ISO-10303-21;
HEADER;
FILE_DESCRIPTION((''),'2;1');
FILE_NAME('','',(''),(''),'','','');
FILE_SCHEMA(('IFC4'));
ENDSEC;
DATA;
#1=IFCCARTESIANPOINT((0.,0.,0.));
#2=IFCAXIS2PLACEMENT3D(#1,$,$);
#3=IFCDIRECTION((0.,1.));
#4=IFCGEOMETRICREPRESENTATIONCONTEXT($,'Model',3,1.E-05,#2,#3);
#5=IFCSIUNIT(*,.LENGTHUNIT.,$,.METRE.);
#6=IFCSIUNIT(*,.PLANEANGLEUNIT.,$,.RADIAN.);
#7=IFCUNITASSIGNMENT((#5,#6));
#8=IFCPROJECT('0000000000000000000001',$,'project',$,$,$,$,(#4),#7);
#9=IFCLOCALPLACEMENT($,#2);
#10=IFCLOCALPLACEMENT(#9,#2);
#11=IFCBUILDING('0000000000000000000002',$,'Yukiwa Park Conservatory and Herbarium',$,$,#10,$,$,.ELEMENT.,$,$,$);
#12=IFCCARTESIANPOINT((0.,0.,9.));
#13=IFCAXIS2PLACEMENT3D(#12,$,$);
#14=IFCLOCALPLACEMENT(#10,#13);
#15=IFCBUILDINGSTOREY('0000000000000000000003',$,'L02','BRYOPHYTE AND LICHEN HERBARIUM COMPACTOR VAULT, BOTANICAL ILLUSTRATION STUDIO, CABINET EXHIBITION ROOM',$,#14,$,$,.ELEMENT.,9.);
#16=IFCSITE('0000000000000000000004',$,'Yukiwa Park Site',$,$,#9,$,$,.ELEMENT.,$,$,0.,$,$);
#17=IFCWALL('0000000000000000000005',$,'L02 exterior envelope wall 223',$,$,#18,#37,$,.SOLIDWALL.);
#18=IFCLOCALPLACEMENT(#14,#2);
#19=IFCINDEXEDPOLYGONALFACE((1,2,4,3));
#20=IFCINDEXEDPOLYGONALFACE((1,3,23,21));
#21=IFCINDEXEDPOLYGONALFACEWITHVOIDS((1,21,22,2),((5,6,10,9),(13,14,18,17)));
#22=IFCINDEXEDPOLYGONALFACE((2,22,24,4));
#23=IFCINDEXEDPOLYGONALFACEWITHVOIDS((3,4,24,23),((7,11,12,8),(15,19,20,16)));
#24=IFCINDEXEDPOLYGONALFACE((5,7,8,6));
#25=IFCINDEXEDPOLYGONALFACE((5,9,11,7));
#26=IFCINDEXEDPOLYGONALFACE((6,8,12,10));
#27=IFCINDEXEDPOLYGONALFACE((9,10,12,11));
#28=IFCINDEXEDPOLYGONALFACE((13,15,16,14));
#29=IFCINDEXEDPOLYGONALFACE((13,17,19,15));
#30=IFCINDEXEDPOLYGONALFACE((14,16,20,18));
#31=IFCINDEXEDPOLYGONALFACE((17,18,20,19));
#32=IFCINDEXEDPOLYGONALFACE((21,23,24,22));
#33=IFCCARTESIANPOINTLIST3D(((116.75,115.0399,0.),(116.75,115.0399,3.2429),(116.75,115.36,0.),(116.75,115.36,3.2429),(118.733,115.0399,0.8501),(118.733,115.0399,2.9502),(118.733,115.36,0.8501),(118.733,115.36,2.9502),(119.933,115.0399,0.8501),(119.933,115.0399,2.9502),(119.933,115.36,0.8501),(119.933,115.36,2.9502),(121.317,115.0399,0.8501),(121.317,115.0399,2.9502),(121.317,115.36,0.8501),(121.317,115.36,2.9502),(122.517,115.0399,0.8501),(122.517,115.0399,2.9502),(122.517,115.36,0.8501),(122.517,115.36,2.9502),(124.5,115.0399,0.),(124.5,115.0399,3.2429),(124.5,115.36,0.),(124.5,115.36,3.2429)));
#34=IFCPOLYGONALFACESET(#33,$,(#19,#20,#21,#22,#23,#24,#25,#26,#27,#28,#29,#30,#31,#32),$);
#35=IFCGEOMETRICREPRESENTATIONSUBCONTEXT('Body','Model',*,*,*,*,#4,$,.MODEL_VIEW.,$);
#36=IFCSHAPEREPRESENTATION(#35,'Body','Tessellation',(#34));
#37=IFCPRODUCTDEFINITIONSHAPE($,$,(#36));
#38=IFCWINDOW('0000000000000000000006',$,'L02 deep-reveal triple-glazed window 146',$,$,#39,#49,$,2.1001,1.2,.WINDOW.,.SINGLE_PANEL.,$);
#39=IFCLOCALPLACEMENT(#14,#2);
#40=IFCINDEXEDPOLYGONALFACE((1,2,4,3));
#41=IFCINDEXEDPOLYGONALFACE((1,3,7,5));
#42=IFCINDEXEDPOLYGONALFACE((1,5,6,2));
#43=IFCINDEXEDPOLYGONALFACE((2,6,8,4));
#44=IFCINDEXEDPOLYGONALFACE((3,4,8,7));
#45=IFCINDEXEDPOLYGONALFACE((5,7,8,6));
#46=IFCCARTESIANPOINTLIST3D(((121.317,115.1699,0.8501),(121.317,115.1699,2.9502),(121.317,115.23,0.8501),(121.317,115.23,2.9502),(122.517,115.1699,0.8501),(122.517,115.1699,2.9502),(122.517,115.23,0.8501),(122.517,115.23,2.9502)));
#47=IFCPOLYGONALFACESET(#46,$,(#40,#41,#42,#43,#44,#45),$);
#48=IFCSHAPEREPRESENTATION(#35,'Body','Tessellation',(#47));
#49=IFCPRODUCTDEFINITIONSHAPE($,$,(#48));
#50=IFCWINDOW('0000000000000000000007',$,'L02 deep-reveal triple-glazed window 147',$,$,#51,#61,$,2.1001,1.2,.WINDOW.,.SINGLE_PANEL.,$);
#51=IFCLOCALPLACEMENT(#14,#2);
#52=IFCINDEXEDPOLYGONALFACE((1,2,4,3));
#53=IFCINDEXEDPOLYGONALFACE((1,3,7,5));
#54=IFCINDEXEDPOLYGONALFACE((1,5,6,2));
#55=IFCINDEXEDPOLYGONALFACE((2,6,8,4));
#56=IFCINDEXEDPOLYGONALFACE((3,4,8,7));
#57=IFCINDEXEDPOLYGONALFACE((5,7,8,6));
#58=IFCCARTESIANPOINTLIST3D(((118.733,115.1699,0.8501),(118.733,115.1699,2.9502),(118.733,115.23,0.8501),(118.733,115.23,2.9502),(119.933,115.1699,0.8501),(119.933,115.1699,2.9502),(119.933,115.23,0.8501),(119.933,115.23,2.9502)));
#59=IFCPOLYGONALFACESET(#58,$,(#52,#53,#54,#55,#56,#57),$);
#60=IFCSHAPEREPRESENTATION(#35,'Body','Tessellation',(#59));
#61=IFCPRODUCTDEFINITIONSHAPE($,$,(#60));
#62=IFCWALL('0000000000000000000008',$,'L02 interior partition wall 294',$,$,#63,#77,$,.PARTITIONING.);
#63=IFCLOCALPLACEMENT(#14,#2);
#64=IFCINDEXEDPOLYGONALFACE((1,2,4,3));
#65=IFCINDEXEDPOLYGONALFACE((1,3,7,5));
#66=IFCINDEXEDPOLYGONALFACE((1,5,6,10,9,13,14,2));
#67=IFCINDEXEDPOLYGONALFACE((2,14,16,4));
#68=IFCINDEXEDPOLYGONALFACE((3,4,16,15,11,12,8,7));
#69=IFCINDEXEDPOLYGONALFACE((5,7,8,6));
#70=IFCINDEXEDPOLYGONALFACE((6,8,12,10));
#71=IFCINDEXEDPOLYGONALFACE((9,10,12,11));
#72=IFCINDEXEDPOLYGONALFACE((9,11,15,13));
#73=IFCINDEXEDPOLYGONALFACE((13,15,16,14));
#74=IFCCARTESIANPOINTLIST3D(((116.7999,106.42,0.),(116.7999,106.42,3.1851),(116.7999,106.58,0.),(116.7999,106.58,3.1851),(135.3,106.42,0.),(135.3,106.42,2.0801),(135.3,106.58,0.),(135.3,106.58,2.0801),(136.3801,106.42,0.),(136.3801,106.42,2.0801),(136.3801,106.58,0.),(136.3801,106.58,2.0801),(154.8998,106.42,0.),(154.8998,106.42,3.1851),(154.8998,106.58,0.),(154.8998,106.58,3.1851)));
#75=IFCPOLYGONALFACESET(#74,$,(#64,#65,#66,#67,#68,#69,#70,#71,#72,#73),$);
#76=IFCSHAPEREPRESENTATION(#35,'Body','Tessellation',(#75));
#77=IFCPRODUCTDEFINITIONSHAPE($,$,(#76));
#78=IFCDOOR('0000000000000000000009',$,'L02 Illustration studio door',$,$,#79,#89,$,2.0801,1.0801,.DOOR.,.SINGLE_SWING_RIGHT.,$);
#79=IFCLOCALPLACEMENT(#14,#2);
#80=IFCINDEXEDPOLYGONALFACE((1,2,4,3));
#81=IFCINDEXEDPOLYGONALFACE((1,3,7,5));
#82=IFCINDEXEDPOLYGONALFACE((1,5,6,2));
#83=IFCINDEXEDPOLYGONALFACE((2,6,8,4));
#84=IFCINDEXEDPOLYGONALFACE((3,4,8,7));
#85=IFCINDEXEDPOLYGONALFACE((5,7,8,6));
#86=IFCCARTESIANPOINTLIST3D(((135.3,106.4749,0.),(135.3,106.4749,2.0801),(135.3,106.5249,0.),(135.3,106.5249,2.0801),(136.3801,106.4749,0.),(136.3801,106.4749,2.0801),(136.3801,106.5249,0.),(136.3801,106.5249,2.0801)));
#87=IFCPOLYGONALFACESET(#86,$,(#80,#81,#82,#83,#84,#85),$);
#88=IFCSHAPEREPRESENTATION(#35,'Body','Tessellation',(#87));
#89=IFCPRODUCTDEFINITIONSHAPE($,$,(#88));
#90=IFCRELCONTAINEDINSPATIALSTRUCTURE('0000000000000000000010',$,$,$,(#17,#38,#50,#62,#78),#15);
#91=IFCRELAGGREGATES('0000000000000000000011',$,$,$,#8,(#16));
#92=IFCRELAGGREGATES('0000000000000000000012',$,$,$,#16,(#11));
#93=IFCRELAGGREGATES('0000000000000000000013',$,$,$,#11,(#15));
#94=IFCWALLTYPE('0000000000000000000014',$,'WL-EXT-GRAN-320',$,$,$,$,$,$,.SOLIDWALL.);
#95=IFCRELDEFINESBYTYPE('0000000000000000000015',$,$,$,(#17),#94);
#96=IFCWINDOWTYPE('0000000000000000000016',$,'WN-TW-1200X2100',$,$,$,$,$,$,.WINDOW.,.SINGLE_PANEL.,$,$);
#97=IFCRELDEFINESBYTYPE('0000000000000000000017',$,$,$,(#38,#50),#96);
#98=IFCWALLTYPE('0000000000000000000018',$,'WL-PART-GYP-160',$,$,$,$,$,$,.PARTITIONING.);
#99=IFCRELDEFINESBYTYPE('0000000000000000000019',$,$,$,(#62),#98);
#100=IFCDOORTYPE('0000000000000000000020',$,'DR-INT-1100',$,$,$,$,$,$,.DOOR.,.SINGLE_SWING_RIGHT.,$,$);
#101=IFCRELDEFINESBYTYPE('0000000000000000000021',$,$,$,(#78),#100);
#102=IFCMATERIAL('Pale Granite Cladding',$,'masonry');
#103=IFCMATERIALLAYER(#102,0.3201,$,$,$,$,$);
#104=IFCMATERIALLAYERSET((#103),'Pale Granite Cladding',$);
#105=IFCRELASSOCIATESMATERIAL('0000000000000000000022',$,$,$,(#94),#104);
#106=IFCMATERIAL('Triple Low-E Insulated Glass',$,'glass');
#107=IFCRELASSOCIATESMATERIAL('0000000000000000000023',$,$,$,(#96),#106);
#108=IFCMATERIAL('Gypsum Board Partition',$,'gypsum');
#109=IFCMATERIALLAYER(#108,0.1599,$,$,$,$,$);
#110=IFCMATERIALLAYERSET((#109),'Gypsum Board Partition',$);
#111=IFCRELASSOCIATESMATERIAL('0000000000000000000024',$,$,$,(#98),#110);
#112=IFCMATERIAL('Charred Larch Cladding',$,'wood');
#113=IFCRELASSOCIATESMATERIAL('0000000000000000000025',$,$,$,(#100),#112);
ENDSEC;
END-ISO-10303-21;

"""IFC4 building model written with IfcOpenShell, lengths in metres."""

from ifc_helpers import new_model, si_unit, direction, frame, frame_2d, origin, place, context, subcontext, project, spatial, rectangle, extrude, material, layer, layer_set, type_object, element, fill, save


model = new_model("IFC4")

# Units and contexts
model_context = context("Model", 3, precision=1e-05, world=origin(), true_north=direction((0.0, 1.0)))
body_context = subcontext(model_context, "Body", "Model", "MODEL_VIEW")
ifc_project = project(units=[si_unit("LENGTHUNIT", "METRE"), si_unit("PLANEANGLEUNIT", "RADIAN")], contexts=[model_context])

# Site, building, storey
site_placement = place(None, origin())
site = spatial("IfcSite", under=ifc_project, at=site_placement, Name="Yukiwa Park Site", CompositionType="ELEMENT", RefElevation=0.0)
building_placement = place(site_placement, origin())
building = spatial("IfcBuilding", under=site, at=building_placement, Name="Yukiwa Park Conservatory and Herbarium", CompositionType="ELEMENT")
storey_placement = place(building_placement, frame((0.0, 0.0, 9.0)))
storey = spatial("IfcBuildingStorey", under=building, at=storey_placement, Name="L02", Description="BRYOPHYTE AND LICHEN HERBARIUM COMPACTOR VAULT, BOTANICAL ILLUSTRATION STUDIO, CABINET EXHIBITION ROOM", CompositionType="ELEMENT", Elevation=9.0)

# Wall, openings, windows
ifc_material_1 = material(Name="Pale Granite Cladding", Category="masonry")
ifc_layer_1 = layer(ifc_material_1, 0.3201)
ifc_layer_set_1 = layer_set([ifc_layer_1], Name="Pale Granite Cladding")
wall_type_1 = type_object("IfcWallType", Name="WL-EXT-GRAN-320", PredefinedType="SOLIDWALL", material=ifc_layer_set_1)
wall_1_placement = place(storey_placement, frame((124.5, 115.2, 0.0), z_axis=(0.0, 0.0, 1.0), x_axis=(-1.0, 0.0, 0.0)))
wall_1 = element("IfcWall", 1, at=wall_1_placement, inside=storey, type_object=wall_type_1, Name="L02 exterior envelope wall 223", PredefinedType="SOLIDWALL", context=body_context, shape_type="SweptSolid", body=[
    extrude(rectangle(XDim=7.75, YDim=0.3201, at=frame_2d((3.875, 0.0))), origin(), (0.0, 0.0, 1.0), 3.2429),
])
opening_1_placement = place(wall_1_placement, frame((1.9829, 0.0, 0.8501)))
opening_1 = element("IfcOpeningElement", 2, at=opening_1_placement, cuts=wall_1, PredefinedType="OPENING", context=body_context, shape_type="SweptSolid", body=[
    extrude(rectangle(XDim=1.2, YDim=2.1001, at=frame_2d((0.6001, 1.05))), frame((0.0, 0.1699, 0.0), z_axis=(0.0, -1.0, 0.0), x_axis=(1.0, 0.0, 0.0)), (0.0, 0.0, 1.0), 0.3401),
])
opening_2_placement = place(wall_1_placement, frame((4.5669, 0.0, 0.8501)))
opening_2 = element("IfcOpeningElement", 3, at=opening_2_placement, cuts=wall_1, PredefinedType="OPENING", context=body_context, shape_type="SweptSolid", body=[
    extrude(rectangle(XDim=1.2, YDim=2.1001, at=frame_2d((0.6001, 1.05))), frame((0.0, 0.1699, 0.0), z_axis=(0.0, -1.0, 0.0), x_axis=(1.0, 0.0, 0.0)), (0.0, 0.0, 1.0), 0.3401),
])
ifc_material_2 = material(Name="Triple Low-E Insulated Glass", Category="glass")
window_type_1 = type_object("IfcWindowType", Name="WN-TW-1200X2100", PartitioningType="SINGLE_PANEL", PredefinedType="WINDOW", material=ifc_material_2)
window_1_placement = place(opening_1_placement, origin())
window_1 = element("IfcWindow", 4, at=window_1_placement, inside=storey, type_object=window_type_1, Name="L02 deep-reveal triple-glazed window 146", OverallHeight=2.1001, OverallWidth=1.2, PartitioningType="SINGLE_PANEL", PredefinedType="WINDOW", context=body_context, shape_type="SweptSolid", body=[
    extrude(rectangle(XDim=1.2, YDim=2.1001, at=frame_2d((0.6001, 1.05))), frame((0.0, 0.03, 0.0), z_axis=(0.0, -1.0, 0.0), x_axis=(1.0, 0.0, 0.0)), (0.0, 0.0, 1.0), 0.0601),
])
fill(opening_1, window_1)
window_2_placement = place(opening_2_placement, origin())
window_2 = element("IfcWindow", 5, at=window_2_placement, inside=storey, type_object=window_type_1, Name="L02 deep-reveal triple-glazed window 147", OverallHeight=2.1001, OverallWidth=1.2, PartitioningType="SINGLE_PANEL", PredefinedType="WINDOW", context=body_context, shape_type="SweptSolid", body=[
    extrude(rectangle(XDim=1.2, YDim=2.1001, at=frame_2d((0.6001, 1.05))), frame((0.0, 0.03, 0.0), z_axis=(0.0, -1.0, 0.0), x_axis=(1.0, 0.0, 0.0)), (0.0, 0.0, 1.0), 0.0601),
])
fill(opening_2, window_2)

# Wall, opening, door
ifc_material_3 = material(Name="Gypsum Board Partition", Category="gypsum")
ifc_layer_2 = layer(ifc_material_3, 0.1599)
ifc_layer_set_2 = layer_set([ifc_layer_2], Name="Gypsum Board Partition")
wall_type_2 = type_object("IfcWallType", Name="WL-PART-GYP-160", PredefinedType="PARTITIONING", material=ifc_layer_set_2)
wall_2_placement = place(storey_placement, frame((116.8, 106.5, 0.0), z_axis=(0.0, 0.0, 1.0), x_axis=(1.0, 0.0, 0.0)))
wall_2 = element("IfcWall", 6, at=wall_2_placement, inside=storey, type_object=wall_type_2, Name="L02 interior partition wall 294", PredefinedType="PARTITIONING", context=body_context, shape_type="SweptSolid", body=[
    extrude(rectangle(XDim=38.0999, YDim=0.1599, at=frame_2d((19.0498, 0.0))), origin(), (0.0, 0.0, 1.0), 3.1851),
])
opening_3_placement = place(wall_2_placement, frame((18.5, 0.0, 0.0)))
opening_3 = element("IfcOpeningElement", 7, at=opening_3_placement, cuts=wall_2, PredefinedType="OPENING", context=body_context, shape_type="SweptSolid", body=[
    extrude(rectangle(XDim=1.0801, YDim=2.0801, at=frame_2d((0.54, 1.04))), frame((0.0, 0.0898, 0.0), z_axis=(0.0, -1.0, 0.0), x_axis=(1.0, 0.0, 0.0)), (0.0, 0.0, 1.0), 0.1799),
])
ifc_material_4 = material(Name="Charred Larch Cladding", Category="wood")
door_type = type_object("IfcDoorType", Name="DR-INT-1100", OperationType="SINGLE_SWING_RIGHT", PredefinedType="DOOR", material=ifc_material_4)
door_placement = place(opening_3_placement, origin())
door = element("IfcDoor", 8, at=door_placement, inside=storey, type_object=door_type, Name="L02 Illustration studio door", OperationType="SINGLE_SWING_RIGHT", OverallHeight=2.0801, OverallWidth=1.0801, PredefinedType="DOOR", context=body_context, shape_type="SweptSolid", body=[
    extrude(rectangle(XDim=1.0801, YDim=2.0801, at=frame_2d((0.54, 1.04))), frame((0.0, 0.0249, 0.0), z_axis=(0.0, -1.0, 0.0), x_axis=(1.0, 0.0, 0.0)), (0.0, 0.0, 1.0), 0.05),
])
fill(opening_3, door)

save(model, "model.ifc")
